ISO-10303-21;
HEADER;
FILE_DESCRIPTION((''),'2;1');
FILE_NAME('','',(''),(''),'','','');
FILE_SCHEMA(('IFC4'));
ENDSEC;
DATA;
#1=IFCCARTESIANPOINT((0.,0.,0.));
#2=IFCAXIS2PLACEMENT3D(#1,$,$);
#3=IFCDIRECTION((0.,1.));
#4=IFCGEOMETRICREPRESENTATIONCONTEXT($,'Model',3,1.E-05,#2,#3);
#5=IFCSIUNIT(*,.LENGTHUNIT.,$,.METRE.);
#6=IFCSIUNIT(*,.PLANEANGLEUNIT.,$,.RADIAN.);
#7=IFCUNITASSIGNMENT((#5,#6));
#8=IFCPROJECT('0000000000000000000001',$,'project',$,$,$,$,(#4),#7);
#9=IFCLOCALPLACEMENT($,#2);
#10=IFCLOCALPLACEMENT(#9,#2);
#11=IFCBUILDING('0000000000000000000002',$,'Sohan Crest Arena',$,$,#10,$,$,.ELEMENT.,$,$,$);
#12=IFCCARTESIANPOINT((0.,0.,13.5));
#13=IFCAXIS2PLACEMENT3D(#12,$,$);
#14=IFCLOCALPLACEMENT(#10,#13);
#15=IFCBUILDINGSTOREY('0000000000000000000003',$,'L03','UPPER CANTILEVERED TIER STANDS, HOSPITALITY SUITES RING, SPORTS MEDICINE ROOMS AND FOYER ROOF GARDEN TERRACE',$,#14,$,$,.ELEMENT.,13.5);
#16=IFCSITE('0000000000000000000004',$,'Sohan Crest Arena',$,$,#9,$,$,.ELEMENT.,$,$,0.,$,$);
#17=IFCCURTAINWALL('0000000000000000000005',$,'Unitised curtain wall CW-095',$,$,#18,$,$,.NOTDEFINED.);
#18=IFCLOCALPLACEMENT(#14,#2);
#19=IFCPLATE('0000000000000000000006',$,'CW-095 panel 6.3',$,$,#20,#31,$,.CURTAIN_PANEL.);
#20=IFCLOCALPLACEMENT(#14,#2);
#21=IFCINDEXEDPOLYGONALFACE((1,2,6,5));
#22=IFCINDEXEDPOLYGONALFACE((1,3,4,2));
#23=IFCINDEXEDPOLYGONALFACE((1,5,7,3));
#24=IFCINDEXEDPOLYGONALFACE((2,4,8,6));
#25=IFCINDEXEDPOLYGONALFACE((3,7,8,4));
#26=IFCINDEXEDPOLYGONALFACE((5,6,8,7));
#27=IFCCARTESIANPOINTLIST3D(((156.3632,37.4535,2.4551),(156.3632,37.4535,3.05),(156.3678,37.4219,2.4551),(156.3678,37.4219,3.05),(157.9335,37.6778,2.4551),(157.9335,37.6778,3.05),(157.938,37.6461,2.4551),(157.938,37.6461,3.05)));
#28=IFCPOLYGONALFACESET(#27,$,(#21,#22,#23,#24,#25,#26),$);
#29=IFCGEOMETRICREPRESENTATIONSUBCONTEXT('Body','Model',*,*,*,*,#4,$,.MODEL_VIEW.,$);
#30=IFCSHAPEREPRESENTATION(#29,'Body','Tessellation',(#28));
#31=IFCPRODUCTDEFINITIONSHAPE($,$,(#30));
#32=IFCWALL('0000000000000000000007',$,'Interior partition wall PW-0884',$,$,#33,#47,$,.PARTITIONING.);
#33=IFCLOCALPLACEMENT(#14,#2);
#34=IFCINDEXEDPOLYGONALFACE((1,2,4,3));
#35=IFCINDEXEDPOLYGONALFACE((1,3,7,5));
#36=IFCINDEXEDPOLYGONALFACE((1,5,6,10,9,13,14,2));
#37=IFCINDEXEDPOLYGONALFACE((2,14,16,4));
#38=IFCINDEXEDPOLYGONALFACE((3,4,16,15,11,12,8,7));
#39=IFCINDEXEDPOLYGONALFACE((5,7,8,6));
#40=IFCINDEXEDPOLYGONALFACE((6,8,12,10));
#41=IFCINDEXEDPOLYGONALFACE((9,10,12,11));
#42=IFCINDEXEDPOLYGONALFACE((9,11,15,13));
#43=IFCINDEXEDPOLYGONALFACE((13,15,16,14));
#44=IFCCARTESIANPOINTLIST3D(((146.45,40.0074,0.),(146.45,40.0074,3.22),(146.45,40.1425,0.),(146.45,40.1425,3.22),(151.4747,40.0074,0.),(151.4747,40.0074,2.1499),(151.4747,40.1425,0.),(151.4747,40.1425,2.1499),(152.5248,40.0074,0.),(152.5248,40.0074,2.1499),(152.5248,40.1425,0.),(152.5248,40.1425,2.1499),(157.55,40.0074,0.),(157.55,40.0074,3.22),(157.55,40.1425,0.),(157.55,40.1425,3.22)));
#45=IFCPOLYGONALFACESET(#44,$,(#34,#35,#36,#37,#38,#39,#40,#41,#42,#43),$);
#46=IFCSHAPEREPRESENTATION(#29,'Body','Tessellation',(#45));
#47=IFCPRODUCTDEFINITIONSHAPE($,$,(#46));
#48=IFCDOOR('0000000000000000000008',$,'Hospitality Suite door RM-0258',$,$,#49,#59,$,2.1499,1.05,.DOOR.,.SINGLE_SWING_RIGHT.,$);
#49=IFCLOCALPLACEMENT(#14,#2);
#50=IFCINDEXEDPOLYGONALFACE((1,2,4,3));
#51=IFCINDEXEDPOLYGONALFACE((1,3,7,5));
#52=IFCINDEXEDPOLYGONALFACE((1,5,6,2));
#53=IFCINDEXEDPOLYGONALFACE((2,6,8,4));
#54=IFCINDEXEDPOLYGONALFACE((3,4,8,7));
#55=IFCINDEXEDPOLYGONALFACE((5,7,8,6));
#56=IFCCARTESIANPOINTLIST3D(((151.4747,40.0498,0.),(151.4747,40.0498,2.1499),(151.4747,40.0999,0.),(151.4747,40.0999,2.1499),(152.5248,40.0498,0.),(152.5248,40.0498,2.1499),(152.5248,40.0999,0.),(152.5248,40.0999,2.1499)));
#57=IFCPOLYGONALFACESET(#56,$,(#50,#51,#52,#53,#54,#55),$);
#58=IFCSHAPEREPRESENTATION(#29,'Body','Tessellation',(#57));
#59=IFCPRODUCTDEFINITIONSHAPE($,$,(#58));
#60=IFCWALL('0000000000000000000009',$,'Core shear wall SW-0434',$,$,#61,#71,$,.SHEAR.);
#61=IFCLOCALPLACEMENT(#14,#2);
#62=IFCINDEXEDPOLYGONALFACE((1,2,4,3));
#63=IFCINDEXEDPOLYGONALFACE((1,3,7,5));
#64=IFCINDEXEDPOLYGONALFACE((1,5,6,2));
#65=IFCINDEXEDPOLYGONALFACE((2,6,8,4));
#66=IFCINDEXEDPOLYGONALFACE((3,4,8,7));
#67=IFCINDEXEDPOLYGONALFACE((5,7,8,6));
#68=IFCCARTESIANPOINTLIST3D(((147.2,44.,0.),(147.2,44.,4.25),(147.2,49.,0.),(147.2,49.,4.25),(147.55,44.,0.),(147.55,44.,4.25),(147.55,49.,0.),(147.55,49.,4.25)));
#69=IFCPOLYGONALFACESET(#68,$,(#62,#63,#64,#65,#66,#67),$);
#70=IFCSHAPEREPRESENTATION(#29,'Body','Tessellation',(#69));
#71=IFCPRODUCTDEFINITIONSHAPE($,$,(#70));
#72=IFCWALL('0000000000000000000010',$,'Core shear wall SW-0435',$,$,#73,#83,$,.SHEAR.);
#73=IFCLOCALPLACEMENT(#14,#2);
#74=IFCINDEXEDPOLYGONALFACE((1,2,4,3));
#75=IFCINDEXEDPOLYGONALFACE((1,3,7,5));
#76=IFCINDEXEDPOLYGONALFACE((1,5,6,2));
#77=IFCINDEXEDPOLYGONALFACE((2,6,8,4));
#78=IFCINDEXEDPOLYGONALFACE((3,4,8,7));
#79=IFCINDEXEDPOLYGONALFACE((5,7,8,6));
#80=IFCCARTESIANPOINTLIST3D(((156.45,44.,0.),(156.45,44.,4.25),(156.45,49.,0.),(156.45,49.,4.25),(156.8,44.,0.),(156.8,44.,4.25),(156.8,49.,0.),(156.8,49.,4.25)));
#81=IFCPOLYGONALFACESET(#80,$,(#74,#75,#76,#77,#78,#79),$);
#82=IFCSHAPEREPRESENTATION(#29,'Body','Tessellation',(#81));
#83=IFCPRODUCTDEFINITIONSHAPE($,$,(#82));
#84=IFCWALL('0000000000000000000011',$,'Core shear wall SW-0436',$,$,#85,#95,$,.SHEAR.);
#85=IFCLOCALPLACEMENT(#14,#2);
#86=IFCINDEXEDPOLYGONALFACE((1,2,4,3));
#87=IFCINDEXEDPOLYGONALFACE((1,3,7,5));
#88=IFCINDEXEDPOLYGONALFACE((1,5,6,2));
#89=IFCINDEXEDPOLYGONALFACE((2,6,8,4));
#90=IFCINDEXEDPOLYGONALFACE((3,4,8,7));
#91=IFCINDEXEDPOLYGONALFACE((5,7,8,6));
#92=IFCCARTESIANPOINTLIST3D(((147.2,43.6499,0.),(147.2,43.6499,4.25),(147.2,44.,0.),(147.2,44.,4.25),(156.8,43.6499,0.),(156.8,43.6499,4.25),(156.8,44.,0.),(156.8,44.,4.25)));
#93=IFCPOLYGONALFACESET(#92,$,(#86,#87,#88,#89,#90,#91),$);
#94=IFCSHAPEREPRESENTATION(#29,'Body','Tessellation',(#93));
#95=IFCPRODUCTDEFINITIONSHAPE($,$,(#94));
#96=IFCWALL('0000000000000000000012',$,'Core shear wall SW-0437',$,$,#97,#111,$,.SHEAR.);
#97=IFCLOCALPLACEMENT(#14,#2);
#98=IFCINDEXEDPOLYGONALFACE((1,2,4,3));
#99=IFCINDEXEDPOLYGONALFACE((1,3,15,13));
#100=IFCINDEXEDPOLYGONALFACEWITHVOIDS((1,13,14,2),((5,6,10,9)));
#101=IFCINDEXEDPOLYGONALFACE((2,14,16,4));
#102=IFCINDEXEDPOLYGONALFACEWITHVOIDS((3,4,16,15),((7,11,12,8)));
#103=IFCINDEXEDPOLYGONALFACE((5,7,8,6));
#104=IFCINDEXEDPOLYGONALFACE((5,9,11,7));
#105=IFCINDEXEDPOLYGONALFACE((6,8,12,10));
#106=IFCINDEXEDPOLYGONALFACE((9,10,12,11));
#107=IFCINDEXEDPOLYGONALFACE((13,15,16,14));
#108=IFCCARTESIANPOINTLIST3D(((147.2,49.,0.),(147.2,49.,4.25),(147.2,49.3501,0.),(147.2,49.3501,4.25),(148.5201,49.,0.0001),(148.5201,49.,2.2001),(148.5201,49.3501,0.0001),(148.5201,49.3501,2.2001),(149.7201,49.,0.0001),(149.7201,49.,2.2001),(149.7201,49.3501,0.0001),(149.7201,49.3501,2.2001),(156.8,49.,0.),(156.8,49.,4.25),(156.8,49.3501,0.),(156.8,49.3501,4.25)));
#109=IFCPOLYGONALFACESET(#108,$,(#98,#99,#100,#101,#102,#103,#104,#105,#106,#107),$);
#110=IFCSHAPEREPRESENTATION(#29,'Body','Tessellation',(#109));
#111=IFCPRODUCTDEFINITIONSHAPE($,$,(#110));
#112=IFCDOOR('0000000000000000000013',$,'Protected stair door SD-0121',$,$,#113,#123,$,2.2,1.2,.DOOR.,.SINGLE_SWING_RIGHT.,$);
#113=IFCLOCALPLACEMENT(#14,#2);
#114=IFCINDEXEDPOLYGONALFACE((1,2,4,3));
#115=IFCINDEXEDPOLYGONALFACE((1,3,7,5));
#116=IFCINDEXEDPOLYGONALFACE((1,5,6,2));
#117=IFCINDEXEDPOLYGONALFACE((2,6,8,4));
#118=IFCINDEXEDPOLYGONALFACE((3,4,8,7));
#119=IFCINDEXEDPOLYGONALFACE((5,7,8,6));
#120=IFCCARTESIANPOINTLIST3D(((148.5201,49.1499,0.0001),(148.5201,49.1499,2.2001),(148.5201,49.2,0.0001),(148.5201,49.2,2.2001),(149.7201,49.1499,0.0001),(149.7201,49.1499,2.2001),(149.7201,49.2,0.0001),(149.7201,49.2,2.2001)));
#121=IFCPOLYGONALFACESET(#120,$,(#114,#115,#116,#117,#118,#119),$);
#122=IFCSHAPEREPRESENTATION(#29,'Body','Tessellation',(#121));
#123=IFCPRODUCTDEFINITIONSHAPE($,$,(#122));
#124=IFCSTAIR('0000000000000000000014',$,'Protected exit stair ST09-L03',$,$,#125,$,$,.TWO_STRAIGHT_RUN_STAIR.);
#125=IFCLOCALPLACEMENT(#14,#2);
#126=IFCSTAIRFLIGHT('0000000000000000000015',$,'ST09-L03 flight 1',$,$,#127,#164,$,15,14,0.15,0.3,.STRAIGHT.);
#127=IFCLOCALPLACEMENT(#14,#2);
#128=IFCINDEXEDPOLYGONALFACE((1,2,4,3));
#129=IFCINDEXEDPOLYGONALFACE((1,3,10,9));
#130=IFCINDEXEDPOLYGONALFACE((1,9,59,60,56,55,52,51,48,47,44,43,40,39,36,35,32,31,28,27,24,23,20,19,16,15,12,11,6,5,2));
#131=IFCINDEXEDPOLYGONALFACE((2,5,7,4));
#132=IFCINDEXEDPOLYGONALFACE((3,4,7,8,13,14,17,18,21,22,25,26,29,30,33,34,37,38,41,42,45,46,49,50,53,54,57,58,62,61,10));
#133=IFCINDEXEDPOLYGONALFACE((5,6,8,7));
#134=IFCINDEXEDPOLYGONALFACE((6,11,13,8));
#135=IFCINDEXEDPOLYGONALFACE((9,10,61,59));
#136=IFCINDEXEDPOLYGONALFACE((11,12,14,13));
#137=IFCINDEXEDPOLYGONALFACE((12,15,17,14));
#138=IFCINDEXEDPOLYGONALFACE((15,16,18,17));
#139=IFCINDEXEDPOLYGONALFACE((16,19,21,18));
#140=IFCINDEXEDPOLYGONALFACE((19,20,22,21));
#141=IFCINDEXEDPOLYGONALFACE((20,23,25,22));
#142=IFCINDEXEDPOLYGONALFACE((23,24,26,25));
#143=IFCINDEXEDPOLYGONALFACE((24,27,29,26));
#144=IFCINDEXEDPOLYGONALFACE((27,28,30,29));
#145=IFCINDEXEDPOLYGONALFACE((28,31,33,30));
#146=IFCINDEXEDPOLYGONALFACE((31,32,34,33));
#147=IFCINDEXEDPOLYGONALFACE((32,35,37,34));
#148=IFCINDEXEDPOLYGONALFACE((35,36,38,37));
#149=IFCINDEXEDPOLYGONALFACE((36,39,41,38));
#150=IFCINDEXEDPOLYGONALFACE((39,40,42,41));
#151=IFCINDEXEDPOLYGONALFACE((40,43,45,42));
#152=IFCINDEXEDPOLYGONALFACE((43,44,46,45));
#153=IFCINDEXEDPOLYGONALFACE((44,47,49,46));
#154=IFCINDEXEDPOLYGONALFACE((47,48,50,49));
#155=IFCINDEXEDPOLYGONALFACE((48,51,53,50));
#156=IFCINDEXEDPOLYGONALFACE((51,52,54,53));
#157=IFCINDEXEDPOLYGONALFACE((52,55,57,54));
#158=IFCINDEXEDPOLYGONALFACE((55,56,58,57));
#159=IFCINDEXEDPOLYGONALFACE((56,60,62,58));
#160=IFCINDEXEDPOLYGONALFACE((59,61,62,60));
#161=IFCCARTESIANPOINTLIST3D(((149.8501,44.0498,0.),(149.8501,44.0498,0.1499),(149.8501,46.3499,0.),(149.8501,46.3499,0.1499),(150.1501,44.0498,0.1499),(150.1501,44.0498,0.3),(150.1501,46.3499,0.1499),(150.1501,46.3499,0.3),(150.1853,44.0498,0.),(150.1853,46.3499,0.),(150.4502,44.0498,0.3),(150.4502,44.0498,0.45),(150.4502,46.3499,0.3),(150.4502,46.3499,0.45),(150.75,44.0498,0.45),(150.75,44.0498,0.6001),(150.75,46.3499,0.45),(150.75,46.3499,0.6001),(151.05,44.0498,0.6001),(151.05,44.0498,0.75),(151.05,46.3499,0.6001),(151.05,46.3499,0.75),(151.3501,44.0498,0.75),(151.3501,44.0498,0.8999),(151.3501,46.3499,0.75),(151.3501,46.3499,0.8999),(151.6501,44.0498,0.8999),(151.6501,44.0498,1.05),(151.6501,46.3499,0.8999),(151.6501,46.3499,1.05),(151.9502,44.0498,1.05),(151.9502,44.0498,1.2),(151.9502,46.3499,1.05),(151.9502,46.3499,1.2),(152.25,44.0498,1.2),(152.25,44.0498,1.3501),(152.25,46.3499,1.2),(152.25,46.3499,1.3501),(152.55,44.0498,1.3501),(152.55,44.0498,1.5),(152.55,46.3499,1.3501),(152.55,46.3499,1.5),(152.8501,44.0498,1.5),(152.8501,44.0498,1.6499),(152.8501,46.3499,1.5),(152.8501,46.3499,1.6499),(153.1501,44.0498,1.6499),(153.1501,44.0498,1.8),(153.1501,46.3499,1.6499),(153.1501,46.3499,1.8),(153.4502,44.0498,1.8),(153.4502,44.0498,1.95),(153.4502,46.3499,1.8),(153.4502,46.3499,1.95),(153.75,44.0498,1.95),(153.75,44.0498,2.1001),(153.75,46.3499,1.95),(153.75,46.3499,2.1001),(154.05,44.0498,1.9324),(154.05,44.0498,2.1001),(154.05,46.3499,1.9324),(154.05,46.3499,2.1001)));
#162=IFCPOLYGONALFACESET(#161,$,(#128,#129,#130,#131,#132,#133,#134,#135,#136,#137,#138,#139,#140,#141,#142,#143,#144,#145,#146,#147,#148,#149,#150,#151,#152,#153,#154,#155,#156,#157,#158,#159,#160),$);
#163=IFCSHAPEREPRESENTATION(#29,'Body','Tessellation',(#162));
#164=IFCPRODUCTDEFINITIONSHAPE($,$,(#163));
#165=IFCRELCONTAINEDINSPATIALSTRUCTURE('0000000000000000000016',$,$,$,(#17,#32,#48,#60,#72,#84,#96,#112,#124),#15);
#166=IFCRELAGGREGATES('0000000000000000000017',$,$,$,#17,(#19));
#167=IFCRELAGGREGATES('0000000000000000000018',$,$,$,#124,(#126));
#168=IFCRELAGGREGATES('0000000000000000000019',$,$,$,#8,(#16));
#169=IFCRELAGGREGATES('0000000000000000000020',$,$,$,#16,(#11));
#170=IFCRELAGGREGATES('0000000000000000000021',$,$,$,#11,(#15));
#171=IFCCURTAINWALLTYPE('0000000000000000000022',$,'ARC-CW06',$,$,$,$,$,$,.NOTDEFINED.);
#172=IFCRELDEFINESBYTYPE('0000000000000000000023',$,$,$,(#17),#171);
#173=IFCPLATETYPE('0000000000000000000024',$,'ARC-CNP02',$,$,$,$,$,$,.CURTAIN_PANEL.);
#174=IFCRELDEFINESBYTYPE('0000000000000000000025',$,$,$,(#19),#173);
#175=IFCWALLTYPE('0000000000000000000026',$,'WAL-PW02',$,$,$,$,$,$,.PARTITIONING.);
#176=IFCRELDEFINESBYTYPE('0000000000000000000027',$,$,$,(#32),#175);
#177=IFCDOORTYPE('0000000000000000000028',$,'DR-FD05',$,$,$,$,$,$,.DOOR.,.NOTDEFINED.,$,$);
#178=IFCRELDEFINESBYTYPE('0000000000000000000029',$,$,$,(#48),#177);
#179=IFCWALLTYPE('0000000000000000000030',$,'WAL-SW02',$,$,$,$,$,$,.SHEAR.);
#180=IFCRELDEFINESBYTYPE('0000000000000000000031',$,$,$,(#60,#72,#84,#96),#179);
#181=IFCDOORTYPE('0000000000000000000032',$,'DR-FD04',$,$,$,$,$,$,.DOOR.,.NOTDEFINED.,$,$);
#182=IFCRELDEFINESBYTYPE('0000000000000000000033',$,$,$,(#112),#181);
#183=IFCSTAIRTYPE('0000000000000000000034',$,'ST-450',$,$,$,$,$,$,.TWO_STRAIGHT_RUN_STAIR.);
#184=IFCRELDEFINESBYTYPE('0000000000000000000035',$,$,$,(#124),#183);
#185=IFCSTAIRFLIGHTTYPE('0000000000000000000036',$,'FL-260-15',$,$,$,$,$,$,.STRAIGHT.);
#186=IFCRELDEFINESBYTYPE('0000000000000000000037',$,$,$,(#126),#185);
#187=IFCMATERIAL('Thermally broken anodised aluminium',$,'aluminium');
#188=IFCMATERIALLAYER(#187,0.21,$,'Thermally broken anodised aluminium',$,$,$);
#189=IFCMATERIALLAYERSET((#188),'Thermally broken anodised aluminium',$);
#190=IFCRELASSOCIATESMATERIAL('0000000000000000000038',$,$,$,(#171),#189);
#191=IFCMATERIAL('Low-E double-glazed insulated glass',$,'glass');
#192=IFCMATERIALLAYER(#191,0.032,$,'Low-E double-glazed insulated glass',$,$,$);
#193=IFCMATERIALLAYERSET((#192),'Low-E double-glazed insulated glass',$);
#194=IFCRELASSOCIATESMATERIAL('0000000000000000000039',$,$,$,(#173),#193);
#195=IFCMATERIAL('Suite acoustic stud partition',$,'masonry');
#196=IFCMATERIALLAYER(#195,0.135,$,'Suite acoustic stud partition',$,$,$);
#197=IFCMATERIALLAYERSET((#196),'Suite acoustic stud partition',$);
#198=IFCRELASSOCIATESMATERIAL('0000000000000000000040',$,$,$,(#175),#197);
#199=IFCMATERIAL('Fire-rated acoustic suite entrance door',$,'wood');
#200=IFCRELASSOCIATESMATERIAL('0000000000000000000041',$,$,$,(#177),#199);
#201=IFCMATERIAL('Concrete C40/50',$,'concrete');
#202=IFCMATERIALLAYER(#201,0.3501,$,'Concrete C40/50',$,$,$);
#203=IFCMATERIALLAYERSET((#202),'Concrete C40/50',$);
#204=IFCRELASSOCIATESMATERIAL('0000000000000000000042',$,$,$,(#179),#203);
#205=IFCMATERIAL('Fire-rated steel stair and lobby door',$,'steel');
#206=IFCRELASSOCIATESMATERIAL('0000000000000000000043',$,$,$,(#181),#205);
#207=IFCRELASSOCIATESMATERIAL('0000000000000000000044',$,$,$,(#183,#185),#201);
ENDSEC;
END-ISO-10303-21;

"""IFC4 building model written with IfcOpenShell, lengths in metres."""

from ifc_helpers import new_model, si_unit, direction, frame, frame_2d, origin, origin_2d, place, context, subcontext, project, spatial, polyline, rectangle, outline, extrude, material, layer, layer_set, type_object, element, fill, aggregate, save


model = new_model("IFC4")

# Units and contexts
model_context = context("Model", 3, precision=1e-05, world=origin(), true_north=direction((0.0, 1.0)))
body_context = subcontext(model_context, "Body", "Model", "MODEL_VIEW")
ifc_project = project(units=[si_unit("LENGTHUNIT", "METRE"), si_unit("PLANEANGLEUNIT", "RADIAN")], contexts=[model_context])

# Site, building, storey
site_placement = place(None, origin())
site = spatial("IfcSite", under=ifc_project, at=site_placement, Name="Sohan Crest Arena", CompositionType="ELEMENT", RefElevation=0.0)
building_placement = place(site_placement, origin())
building = spatial("IfcBuilding", under=site, at=building_placement, Name="Sohan Crest Arena", CompositionType="ELEMENT")
storey_placement = place(building_placement, frame((0.0, 0.0, 13.5)))
storey = spatial("IfcBuildingStorey", under=building, at=storey_placement, Name="L03", Description="UPPER CANTILEVERED TIER STANDS, HOSPITALITY SUITES RING, SPORTS MEDICINE ROOMS AND FOYER ROOF GARDEN TERRACE", CompositionType="ELEMENT", Elevation=13.5)

# Shared definitions
ifc_material_1 = material(Name="Concrete C40/50", Category="concrete")

# Curtain wall
ifc_material_2 = material(Name="Thermally broken anodised aluminium", Category="aluminium")
ifc_layer_1 = layer(ifc_material_2, 0.21, Name="Thermally broken anodised aluminium")
ifc_layer_set_1 = layer_set([ifc_layer_1], Name="Thermally broken anodised aluminium")
curtain_wall_type = type_object("IfcCurtainWallType", Name="ARC-CW06", PredefinedType="NOTDEFINED", material=ifc_layer_set_1)
curtain_wall_placement = place(storey_placement, origin())
curtain_wall = element("IfcCurtainWall", 1, at=curtain_wall_placement, inside=storey, type_object=curtain_wall_type, Name="Unitised curtain wall CW-095", PredefinedType="NOTDEFINED")

# Plate
ifc_material_3 = material(Name="Low-E double-glazed insulated glass", Category="glass")
ifc_layer_2 = layer(ifc_material_3, 0.032, Name="Low-E double-glazed insulated glass")
ifc_layer_set_2 = layer_set([ifc_layer_2], Name="Low-E double-glazed insulated glass")
plate_type = type_object("IfcPlateType", Name="ARC-CNP02", PredefinedType="CURTAIN_PANEL", material=ifc_layer_set_2)
plate_1_placement = place(storey_placement, frame((157.1506, 37.5498, 2.4551), z_axis=(0.0, 0.0, 1.0), x_axis=(0.989957, 0.141366, 0.0)))
plate_1 = element("IfcPlate", 2, at=plate_1_placement, type_object=plate_type, Name="CW-095 panel 6.3", PredefinedType="CURTAIN_PANEL", context=body_context, shape_type="SweptSolid", body=[
    extrude(rectangle(XDim=1.5862, YDim=0.032, at=origin_2d()), origin(), (0.0, 0.0, 1.0), 0.595),
])
aggregate(curtain_wall, [plate_1])

# Wall, opening, door
ifc_material_4 = material(Name="Suite acoustic stud partition", Category="masonry")
ifc_layer_3 = layer(ifc_material_4, 0.135, Name="Suite acoustic stud partition")
ifc_layer_set_3 = layer_set([ifc_layer_3], Name="Suite acoustic stud partition")
wall_type_1 = type_object("IfcWallType", Name="WAL-PW02", PredefinedType="PARTITIONING", material=ifc_layer_set_3)
wall_1_placement = place(storey_placement, frame((146.45, 40.075, 0.0), z_axis=(0.0, 0.0, 1.0), x_axis=(1.0, 0.0, 0.0)))
wall_1 = element("IfcWall", 3, at=wall_1_placement, inside=storey, type_object=wall_type_1, Name="Interior partition wall PW-0884", PredefinedType="PARTITIONING", context=body_context, shape_type="SweptSolid", body=[
    extrude(rectangle(XDim=11.1001, YDim=0.135, at=frame_2d((5.55, 0.0))), origin(), (0.0, 0.0, 1.0), 3.22),
])
opening_1_placement = place(wall_1_placement, frame((5.0249, 0.0, 0.0)))
opening_1 = element("IfcOpeningElement", 4, at=opening_1_placement, cuts=wall_1, PredefinedType="OPENING", context=body_context, shape_type="SweptSolid", body=[
    extrude(rectangle(XDim=1.05, YDim=2.1499, at=frame_2d((0.5249, 1.075))), frame((0.0, 0.0774, 0.0), z_axis=(0.0, -1.0, 0.0), x_axis=(1.0, 0.0, 0.0)), (0.0, 0.0, 1.0), 0.155),
])
ifc_material_5 = material(Name="Fire-rated acoustic suite entrance door", Category="wood")
door_type_1 = type_object("IfcDoorType", Name="DR-FD05", OperationType="NOTDEFINED", PredefinedType="DOOR", material=ifc_material_5)
door_1_placement = place(opening_1_placement, origin())
door_1 = element("IfcDoor", 5, at=door_1_placement, inside=storey, type_object=door_type_1, Name="Hospitality Suite door RM-0258", OperationType="SINGLE_SWING_RIGHT", OverallHeight=2.1499, OverallWidth=1.05, PredefinedType="DOOR", context=body_context, shape_type="SweptSolid", body=[
    extrude(rectangle(XDim=1.05, YDim=2.1499, at=frame_2d((0.5249, 1.075))), frame((0.0, 0.0249, 0.0), z_axis=(0.0, -1.0, 0.0), x_axis=(1.0, 0.0, 0.0)), (0.0, 0.0, 1.0), 0.05),
])
fill(opening_1, door_1)

# Walls
ifc_layer_4 = layer(ifc_material_1, 0.3501, Name="Concrete C40/50")
ifc_layer_set_4 = layer_set([ifc_layer_4], Name="Concrete C40/50")
wall_type_2 = type_object("IfcWallType", Name="WAL-SW02", PredefinedType="SHEAR", material=ifc_layer_set_4)
for number, where, z_axis, x_axis, name in (
    (6, (147.375, 44.0, 0.0), (0.0, 0.0, 1.0), (0.0, 1.0, 0.0), "Core shear wall SW-0434"),
    (7, (156.625, 44.0, 0.0), (0.0, 0.0, 1.0), (0.0, 1.0, 0.0), "Core shear wall SW-0435"),
):
    element("IfcWall", number, at=place(storey_placement, frame(where, z_axis=z_axis, x_axis=x_axis)), inside=storey, type_object=wall_type_2, Name=name, PredefinedType="SHEAR", context=body_context, shape_type="SweptSolid", body=[
        extrude(rectangle(XDim=5.0, YDim=0.3501, at=frame_2d((2.5, 0.0))), origin(), (0.0, 0.0, 1.0), 4.25),
    ])
wall_2_placement = place(storey_placement, frame((147.2, 43.825, 0.0), z_axis=(0.0, 0.0, 1.0), x_axis=(1.0, 0.0, 0.0)))
element("IfcWall", 8, at=wall_2_placement, inside=storey, type_object=wall_type_2, Name="Core shear wall SW-0436", PredefinedType="SHEAR", context=body_context, shape_type="SweptSolid", body=[
    extrude(rectangle(XDim=9.6001, YDim=0.3501, at=frame_2d((4.8, 0.0))), origin(), (0.0, 0.0, 1.0), 4.25),
])

# Wall, opening, door
wall_3_placement = place(storey_placement, frame((147.2, 49.175, 0.0), z_axis=(0.0, 0.0, 1.0), x_axis=(1.0, 0.0, 0.0)))
wall_3 = element("IfcWall", 9, at=wall_3_placement, inside=storey, type_object=wall_type_2, Name="Core shear wall SW-0437", PredefinedType="SHEAR", context=body_context, shape_type="SweptSolid", body=[
    extrude(rectangle(XDim=9.6001, YDim=0.3501, at=frame_2d((4.8, 0.0))), origin(), (0.0, 0.0, 1.0), 4.25),
])
opening_2_placement = place(wall_3_placement, frame((1.3201, 0.0, 0.0)))
opening_2 = element("IfcOpeningElement", 10, at=opening_2_placement, cuts=wall_3, PredefinedType="OPENING", context=body_context, shape_type="SweptSolid", body=[
    extrude(rectangle(XDim=1.2, YDim=2.2, at=frame_2d((0.6001, 1.1001))), frame((0.0, 0.1851, 0.0), z_axis=(0.0, -1.0, 0.0), x_axis=(1.0, 0.0, 0.0)), (0.0, 0.0, 1.0), 0.3701),
])
ifc_material_6 = material(Name="Fire-rated steel stair and lobby door", Category="steel")
door_type_2 = type_object("IfcDoorType", Name="DR-FD04", OperationType="NOTDEFINED", PredefinedType="DOOR", material=ifc_material_6)
door_2_placement = place(opening_2_placement, origin())
door_2 = element("IfcDoor", 11, at=door_2_placement, inside=storey, type_object=door_type_2, Name="Protected stair door SD-0121", OperationType="SINGLE_SWING_RIGHT", OverallHeight=2.2, OverallWidth=1.2, PredefinedType="DOOR", context=body_context, shape_type="SweptSolid", body=[
    extrude(rectangle(XDim=1.2, YDim=2.2, at=frame_2d((0.6001, 1.1001))), frame((0.0, 0.0249, 0.0), z_axis=(0.0, -1.0, 0.0), x_axis=(1.0, 0.0, 0.0)), (0.0, 0.0, 1.0), 0.05),
])
fill(opening_2, door_2)

# Stair, stair flight
stair_type = type_object("IfcStairType", Name="ST-450", PredefinedType="TWO_STRAIGHT_RUN_STAIR", material=ifc_material_1)
stair_placement = place(storey_placement, origin())
stair = element("IfcStair", 12, at=stair_placement, inside=storey, type_object=stair_type, Name="Protected exit stair ST09-L03", PredefinedType="TWO_STRAIGHT_RUN_STAIR")
stair_flight_type = type_object("IfcStairFlightType", Name="FL-260-15", PredefinedType="STRAIGHT", material=ifc_material_1)
stair_flight_1_placement = place(storey_placement, frame((149.8501, 45.2, 0.0), z_axis=(0.0, 0.0, 1.0), x_axis=(1.0, 0.0, 0.0)))
stair_flight_1 = element("IfcStairFlight", 13, at=stair_flight_1_placement, type_object=stair_flight_type, Name="ST09-L03 flight 1", NumberOfRisers=15, NumberOfTreads=14, PredefinedType="STRAIGHT", RiserHeight=0.15, TreadLength=0.3, context=body_context, shape_type="SweptSolid", body=[
    extrude(outline(polyline([(0.0, 0.0), (0.0, 0.1499), (0.3, 0.1499), (0.3, 0.3), (0.6001, 0.3), (0.6001, 0.45), (0.8999, 0.45), (0.8999, 0.6001), (1.2, 0.6001), (1.2, 0.75), (1.5, 0.75), (1.5, 0.8999), (1.8, 0.8999), (1.8, 1.05), (2.1001, 1.05), (2.1001, 1.2), (2.3999, 1.2), (2.3999, 1.3501), (2.7, 1.3501), (2.7, 1.5), (3.0, 1.5), (3.0, 1.6499), (3.3, 1.6499), (3.3, 1.8), (3.6001, 1.8), (3.6001, 1.95), (3.8999, 1.95), (3.8999, 2.1001), (4.2, 2.1001), (4.2, 2.25), (4.2, 1.9324), (0.3352, 0.0), (0.0, 0.0)])), frame((0.0, 1.1499, 0.0), z_axis=(0.0, -1.0, 0.0), x_axis=(1.0, 0.0, 0.0)), (0.0, 0.0, 1.0), 2.3),
])
aggregate(stair, [stair_flight_1])

save(model, "model.ifc")
